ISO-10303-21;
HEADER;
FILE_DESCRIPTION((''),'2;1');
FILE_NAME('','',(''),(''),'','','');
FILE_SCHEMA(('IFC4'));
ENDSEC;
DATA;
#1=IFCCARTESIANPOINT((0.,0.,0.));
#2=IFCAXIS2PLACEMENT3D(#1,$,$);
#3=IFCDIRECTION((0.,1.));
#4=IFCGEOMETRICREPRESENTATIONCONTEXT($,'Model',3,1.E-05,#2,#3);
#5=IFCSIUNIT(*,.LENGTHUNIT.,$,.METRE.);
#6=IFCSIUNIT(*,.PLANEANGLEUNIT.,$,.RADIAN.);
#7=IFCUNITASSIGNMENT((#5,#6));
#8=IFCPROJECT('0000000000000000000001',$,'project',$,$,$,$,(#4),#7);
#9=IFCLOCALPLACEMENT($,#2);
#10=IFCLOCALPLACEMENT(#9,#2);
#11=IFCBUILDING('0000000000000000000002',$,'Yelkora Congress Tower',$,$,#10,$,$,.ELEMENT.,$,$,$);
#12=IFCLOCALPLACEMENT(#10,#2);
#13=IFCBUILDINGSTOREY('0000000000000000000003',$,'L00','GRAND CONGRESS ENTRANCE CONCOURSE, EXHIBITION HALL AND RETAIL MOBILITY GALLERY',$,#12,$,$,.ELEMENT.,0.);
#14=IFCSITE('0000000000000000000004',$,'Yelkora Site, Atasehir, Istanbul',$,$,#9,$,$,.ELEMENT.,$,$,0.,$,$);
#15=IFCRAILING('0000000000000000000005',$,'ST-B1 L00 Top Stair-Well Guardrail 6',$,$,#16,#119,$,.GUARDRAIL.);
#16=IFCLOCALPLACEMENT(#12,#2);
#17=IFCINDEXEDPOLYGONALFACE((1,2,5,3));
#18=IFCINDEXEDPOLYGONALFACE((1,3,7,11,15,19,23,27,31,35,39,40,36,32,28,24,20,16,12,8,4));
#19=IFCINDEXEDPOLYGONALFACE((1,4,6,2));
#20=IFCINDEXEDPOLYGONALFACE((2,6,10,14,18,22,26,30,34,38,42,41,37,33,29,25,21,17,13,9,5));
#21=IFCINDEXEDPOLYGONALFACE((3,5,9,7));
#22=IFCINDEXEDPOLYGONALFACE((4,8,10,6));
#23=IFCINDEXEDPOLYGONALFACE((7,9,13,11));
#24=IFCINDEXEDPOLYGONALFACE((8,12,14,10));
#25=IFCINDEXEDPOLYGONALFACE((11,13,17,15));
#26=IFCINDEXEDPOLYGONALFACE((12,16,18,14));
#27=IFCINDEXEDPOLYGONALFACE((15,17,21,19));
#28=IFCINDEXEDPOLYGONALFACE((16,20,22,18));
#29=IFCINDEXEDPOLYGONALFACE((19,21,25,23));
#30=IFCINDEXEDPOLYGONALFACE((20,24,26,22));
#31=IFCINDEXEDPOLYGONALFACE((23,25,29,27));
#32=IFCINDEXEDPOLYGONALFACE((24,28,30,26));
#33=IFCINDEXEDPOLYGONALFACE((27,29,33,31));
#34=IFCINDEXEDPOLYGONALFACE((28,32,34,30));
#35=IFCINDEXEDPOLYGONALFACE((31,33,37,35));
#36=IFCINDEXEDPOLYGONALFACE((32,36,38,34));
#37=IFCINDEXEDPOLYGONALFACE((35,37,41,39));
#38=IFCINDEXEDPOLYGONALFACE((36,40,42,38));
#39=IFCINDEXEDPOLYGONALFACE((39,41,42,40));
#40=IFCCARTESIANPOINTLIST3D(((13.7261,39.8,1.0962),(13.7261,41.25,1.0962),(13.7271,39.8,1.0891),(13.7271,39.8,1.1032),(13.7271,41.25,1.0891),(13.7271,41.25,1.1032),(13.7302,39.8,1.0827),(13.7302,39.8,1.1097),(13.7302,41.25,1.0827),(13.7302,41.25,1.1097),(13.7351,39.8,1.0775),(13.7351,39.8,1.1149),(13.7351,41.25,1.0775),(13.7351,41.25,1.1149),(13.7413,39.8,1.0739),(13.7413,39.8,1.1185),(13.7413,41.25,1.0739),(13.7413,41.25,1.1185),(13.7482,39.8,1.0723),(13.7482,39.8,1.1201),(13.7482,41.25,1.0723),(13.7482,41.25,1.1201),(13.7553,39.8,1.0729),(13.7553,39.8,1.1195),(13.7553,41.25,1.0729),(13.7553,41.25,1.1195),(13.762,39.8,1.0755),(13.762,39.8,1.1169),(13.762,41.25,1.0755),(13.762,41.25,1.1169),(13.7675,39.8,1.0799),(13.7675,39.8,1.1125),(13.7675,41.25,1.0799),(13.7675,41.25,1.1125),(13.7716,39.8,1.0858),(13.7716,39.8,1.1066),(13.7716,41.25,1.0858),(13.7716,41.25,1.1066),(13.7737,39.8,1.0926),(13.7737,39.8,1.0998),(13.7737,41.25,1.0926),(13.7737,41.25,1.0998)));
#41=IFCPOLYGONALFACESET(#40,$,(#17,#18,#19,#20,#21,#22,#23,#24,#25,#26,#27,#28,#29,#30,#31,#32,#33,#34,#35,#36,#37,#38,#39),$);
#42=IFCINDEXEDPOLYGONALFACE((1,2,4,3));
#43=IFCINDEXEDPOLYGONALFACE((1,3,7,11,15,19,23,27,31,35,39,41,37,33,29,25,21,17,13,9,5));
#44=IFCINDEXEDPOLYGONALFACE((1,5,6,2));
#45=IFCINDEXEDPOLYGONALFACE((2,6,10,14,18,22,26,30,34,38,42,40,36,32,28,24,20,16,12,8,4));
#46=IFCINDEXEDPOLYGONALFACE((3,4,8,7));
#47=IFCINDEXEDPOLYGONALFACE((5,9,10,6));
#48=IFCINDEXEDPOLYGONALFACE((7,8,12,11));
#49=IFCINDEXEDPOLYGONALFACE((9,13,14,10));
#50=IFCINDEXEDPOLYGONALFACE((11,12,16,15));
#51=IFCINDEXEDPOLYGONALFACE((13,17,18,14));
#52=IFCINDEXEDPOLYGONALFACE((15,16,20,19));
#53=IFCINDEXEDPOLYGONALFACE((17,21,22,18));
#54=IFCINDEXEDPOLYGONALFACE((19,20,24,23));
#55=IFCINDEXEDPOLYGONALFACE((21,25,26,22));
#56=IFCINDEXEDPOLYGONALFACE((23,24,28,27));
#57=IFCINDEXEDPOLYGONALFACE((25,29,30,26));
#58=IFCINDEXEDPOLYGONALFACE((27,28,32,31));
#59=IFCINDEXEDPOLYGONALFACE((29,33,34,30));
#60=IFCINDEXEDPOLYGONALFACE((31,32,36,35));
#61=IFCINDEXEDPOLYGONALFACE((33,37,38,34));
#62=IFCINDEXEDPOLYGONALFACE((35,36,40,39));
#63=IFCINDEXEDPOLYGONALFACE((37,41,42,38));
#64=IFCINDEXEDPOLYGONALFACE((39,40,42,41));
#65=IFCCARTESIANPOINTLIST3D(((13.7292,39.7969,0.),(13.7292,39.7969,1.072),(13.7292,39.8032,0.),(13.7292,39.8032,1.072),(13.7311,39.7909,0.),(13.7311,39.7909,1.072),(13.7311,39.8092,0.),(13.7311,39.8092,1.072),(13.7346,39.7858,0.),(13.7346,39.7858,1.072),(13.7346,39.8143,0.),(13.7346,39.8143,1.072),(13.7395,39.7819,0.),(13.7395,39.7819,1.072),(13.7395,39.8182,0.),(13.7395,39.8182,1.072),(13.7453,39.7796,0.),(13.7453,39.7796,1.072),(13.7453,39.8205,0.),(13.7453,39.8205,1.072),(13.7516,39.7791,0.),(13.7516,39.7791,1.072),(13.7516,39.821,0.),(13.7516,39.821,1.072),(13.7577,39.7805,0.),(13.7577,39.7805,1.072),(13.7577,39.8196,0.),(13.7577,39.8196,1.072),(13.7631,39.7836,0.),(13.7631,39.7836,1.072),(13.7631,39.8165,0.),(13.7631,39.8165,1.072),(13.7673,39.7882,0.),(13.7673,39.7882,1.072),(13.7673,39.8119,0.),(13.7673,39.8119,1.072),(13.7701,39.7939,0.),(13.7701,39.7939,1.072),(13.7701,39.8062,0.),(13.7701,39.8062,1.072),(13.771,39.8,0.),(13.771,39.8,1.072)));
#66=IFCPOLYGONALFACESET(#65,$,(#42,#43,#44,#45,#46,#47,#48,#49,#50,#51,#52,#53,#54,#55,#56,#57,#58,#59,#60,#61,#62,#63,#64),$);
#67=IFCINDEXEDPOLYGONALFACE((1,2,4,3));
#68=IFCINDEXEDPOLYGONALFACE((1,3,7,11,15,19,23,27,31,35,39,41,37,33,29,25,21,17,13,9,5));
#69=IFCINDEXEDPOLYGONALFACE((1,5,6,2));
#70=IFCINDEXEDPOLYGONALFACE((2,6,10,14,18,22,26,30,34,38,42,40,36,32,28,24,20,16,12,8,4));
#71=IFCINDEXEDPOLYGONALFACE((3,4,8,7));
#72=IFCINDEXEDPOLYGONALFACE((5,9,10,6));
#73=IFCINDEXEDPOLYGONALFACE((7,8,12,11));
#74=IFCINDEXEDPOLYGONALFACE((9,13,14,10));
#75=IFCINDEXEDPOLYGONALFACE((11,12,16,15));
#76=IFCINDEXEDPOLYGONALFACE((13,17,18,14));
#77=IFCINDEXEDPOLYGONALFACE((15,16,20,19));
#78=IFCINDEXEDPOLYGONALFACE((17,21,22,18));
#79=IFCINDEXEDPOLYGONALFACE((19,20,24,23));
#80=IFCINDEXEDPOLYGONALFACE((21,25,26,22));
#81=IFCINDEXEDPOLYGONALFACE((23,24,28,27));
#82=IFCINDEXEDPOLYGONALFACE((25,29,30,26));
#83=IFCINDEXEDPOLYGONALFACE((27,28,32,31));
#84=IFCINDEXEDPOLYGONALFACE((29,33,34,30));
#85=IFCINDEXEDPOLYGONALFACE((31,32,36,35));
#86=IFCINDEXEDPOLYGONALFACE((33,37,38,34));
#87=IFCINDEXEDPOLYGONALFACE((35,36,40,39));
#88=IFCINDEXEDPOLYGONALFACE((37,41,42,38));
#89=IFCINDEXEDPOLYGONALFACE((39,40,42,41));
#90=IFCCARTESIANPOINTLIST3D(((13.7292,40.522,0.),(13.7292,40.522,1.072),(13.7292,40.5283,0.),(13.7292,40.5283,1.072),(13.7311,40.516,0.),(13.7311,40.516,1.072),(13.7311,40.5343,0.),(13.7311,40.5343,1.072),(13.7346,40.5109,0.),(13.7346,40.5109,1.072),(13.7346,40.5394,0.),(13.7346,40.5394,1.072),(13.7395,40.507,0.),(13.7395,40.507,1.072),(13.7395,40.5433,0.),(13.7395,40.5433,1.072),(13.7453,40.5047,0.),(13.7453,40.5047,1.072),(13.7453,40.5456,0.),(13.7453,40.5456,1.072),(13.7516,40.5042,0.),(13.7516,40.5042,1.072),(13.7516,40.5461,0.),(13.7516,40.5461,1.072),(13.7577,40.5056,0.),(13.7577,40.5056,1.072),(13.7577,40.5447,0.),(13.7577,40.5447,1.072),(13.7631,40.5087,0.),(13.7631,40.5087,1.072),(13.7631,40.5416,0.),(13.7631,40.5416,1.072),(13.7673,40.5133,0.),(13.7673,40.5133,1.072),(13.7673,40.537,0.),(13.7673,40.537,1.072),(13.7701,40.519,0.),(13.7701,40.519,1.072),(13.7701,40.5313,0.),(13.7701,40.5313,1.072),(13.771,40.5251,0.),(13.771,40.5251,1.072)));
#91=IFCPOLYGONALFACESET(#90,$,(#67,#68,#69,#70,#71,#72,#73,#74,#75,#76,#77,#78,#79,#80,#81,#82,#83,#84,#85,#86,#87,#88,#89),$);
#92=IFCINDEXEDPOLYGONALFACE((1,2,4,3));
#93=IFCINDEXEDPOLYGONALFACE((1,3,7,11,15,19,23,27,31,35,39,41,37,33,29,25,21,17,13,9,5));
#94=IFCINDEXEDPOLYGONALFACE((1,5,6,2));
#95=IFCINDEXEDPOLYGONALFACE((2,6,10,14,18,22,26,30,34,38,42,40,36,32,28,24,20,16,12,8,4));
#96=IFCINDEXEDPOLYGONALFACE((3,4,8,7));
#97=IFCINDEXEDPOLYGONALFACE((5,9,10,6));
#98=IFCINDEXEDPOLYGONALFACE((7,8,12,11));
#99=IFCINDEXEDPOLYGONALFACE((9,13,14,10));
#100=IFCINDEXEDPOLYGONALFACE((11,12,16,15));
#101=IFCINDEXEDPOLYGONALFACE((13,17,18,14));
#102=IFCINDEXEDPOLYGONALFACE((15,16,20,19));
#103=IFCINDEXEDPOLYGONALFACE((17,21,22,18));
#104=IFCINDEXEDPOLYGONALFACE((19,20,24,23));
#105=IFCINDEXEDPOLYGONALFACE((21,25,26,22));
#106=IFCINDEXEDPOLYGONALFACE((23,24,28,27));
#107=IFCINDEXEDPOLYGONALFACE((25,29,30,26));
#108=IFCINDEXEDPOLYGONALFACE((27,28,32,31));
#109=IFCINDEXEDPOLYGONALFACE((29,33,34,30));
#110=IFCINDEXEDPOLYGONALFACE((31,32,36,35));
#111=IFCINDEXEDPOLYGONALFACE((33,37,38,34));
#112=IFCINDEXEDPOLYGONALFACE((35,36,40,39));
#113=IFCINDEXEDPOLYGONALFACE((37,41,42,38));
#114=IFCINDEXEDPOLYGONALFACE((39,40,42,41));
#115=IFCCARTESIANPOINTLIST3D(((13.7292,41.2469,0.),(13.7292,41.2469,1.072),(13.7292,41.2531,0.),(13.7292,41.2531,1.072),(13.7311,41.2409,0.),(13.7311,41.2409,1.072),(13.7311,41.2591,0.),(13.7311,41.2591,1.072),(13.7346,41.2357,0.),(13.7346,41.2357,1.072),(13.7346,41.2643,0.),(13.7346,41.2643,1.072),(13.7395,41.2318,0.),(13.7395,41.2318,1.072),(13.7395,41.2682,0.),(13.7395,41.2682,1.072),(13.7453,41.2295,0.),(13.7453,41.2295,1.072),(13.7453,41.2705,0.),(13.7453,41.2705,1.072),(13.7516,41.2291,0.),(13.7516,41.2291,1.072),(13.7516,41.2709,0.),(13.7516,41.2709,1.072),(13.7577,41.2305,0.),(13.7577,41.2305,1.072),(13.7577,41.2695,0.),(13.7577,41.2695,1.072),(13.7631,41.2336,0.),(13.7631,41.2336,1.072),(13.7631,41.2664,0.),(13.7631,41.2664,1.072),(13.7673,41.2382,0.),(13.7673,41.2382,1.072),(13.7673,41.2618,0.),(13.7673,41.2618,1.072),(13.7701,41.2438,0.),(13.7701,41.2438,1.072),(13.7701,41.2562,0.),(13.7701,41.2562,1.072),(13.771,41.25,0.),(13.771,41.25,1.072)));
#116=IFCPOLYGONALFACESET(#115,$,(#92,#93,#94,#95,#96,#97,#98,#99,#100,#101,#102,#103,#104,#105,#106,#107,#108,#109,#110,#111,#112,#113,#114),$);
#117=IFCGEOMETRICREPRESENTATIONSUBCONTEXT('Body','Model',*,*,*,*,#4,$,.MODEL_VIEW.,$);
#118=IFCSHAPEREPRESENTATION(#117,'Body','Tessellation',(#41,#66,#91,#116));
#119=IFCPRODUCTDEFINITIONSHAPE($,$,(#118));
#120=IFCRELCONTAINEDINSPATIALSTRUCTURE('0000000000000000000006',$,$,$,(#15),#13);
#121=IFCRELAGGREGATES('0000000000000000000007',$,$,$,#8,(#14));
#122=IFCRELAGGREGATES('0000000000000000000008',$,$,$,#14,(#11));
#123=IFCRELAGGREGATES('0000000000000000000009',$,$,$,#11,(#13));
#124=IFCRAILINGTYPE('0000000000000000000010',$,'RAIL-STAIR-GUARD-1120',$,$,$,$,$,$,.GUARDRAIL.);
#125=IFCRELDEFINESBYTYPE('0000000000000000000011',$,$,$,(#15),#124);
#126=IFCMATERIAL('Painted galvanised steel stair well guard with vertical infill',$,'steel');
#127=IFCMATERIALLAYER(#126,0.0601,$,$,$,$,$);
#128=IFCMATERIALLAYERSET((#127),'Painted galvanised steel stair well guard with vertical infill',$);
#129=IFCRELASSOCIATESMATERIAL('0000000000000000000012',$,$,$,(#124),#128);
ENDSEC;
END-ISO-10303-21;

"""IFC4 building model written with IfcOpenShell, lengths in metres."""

from ifc_helpers import new_model, si_unit, direction, frame, origin, origin_2d, place, context, subcontext, project, spatial, circle, extrude, material, layer, layer_set, type_object, element, save


model = new_model("IFC4")

# Units and contexts
model_context = context("Model", 3, precision=1e-05, world=origin(), true_north=direction((0.0, 1.0)))
body_context = subcontext(model_context, "Body", "Model", "MODEL_VIEW")
ifc_project = project(units=[si_unit("LENGTHUNIT", "METRE"), si_unit("PLANEANGLEUNIT", "RADIAN")], contexts=[model_context])

# Site, building, storey
site_placement = place(None, origin())
site = spatial("IfcSite", under=ifc_project, at=site_placement, Name="Yelkora Site, Atasehir, Istanbul", CompositionType="ELEMENT", RefElevation=0.0)
building_placement = place(site_placement, origin())
building = spatial("IfcBuilding", under=site, at=building_placement, Name="Yelkora Congress Tower", CompositionType="ELEMENT")
storey_placement = place(building_placement, origin())
storey = spatial("IfcBuildingStorey", under=building, at=storey_placement, Name="L00", Description="GRAND CONGRESS ENTRANCE CONCOURSE, EXHIBITION HALL AND RETAIL MOBILITY GALLERY", CompositionType="ELEMENT", Elevation=0.0)

# Railing
ifc_material_1 = material(Name="Painted galvanised steel stair well guard with vertical infill", Category="steel")
ifc_layer_1 = layer(ifc_material_1, 0.0601)
ifc_layer_set_1 = layer_set([ifc_layer_1], Name="Painted galvanised steel stair well guard with vertical infill")
railing_type_1 = type_object("IfcRailingType", Name="RAIL-STAIR-GUARD-1120", PredefinedType="GUARDRAIL", material=ifc_layer_set_1)
for number, where, name in (
    (1, (13.75, 39.8, 0.0), "ST-B1 L00 Top Stair-Well Guardrail 6"),
):
    element("IfcRailing", number, at=place(storey_placement, frame(where)), inside=storey, type_object=railing_type_1, Name=name, PredefinedType="GUARDRAIL", context=body_context, shape_type="SweptSolid", body=[
        extrude(circle(Radius=0.0239, at=origin_2d()), frame((0.0, 0.0, 1.0962), z_axis=(0.0, 1.0, 0.0), x_axis=(-1.0, 0.0, 0.0)), (0.0, 0.0, 1.0), 1.45),
        extrude(circle(Radius=0.021, at=origin_2d()), origin(), (0.0, 0.0, 1.0), 1.072),
        extrude(circle(Radius=0.021, at=origin_2d()), frame((0.0, 0.7251, 0.0)), (0.0, 0.0, 1.0), 1.072),
        extrude(circle(Radius=0.021, at=origin_2d()), frame((0.0, 1.45, 0.0)), (0.0, 0.0, 1.0), 1.072),
    ])

save(model, "model.ifc")
